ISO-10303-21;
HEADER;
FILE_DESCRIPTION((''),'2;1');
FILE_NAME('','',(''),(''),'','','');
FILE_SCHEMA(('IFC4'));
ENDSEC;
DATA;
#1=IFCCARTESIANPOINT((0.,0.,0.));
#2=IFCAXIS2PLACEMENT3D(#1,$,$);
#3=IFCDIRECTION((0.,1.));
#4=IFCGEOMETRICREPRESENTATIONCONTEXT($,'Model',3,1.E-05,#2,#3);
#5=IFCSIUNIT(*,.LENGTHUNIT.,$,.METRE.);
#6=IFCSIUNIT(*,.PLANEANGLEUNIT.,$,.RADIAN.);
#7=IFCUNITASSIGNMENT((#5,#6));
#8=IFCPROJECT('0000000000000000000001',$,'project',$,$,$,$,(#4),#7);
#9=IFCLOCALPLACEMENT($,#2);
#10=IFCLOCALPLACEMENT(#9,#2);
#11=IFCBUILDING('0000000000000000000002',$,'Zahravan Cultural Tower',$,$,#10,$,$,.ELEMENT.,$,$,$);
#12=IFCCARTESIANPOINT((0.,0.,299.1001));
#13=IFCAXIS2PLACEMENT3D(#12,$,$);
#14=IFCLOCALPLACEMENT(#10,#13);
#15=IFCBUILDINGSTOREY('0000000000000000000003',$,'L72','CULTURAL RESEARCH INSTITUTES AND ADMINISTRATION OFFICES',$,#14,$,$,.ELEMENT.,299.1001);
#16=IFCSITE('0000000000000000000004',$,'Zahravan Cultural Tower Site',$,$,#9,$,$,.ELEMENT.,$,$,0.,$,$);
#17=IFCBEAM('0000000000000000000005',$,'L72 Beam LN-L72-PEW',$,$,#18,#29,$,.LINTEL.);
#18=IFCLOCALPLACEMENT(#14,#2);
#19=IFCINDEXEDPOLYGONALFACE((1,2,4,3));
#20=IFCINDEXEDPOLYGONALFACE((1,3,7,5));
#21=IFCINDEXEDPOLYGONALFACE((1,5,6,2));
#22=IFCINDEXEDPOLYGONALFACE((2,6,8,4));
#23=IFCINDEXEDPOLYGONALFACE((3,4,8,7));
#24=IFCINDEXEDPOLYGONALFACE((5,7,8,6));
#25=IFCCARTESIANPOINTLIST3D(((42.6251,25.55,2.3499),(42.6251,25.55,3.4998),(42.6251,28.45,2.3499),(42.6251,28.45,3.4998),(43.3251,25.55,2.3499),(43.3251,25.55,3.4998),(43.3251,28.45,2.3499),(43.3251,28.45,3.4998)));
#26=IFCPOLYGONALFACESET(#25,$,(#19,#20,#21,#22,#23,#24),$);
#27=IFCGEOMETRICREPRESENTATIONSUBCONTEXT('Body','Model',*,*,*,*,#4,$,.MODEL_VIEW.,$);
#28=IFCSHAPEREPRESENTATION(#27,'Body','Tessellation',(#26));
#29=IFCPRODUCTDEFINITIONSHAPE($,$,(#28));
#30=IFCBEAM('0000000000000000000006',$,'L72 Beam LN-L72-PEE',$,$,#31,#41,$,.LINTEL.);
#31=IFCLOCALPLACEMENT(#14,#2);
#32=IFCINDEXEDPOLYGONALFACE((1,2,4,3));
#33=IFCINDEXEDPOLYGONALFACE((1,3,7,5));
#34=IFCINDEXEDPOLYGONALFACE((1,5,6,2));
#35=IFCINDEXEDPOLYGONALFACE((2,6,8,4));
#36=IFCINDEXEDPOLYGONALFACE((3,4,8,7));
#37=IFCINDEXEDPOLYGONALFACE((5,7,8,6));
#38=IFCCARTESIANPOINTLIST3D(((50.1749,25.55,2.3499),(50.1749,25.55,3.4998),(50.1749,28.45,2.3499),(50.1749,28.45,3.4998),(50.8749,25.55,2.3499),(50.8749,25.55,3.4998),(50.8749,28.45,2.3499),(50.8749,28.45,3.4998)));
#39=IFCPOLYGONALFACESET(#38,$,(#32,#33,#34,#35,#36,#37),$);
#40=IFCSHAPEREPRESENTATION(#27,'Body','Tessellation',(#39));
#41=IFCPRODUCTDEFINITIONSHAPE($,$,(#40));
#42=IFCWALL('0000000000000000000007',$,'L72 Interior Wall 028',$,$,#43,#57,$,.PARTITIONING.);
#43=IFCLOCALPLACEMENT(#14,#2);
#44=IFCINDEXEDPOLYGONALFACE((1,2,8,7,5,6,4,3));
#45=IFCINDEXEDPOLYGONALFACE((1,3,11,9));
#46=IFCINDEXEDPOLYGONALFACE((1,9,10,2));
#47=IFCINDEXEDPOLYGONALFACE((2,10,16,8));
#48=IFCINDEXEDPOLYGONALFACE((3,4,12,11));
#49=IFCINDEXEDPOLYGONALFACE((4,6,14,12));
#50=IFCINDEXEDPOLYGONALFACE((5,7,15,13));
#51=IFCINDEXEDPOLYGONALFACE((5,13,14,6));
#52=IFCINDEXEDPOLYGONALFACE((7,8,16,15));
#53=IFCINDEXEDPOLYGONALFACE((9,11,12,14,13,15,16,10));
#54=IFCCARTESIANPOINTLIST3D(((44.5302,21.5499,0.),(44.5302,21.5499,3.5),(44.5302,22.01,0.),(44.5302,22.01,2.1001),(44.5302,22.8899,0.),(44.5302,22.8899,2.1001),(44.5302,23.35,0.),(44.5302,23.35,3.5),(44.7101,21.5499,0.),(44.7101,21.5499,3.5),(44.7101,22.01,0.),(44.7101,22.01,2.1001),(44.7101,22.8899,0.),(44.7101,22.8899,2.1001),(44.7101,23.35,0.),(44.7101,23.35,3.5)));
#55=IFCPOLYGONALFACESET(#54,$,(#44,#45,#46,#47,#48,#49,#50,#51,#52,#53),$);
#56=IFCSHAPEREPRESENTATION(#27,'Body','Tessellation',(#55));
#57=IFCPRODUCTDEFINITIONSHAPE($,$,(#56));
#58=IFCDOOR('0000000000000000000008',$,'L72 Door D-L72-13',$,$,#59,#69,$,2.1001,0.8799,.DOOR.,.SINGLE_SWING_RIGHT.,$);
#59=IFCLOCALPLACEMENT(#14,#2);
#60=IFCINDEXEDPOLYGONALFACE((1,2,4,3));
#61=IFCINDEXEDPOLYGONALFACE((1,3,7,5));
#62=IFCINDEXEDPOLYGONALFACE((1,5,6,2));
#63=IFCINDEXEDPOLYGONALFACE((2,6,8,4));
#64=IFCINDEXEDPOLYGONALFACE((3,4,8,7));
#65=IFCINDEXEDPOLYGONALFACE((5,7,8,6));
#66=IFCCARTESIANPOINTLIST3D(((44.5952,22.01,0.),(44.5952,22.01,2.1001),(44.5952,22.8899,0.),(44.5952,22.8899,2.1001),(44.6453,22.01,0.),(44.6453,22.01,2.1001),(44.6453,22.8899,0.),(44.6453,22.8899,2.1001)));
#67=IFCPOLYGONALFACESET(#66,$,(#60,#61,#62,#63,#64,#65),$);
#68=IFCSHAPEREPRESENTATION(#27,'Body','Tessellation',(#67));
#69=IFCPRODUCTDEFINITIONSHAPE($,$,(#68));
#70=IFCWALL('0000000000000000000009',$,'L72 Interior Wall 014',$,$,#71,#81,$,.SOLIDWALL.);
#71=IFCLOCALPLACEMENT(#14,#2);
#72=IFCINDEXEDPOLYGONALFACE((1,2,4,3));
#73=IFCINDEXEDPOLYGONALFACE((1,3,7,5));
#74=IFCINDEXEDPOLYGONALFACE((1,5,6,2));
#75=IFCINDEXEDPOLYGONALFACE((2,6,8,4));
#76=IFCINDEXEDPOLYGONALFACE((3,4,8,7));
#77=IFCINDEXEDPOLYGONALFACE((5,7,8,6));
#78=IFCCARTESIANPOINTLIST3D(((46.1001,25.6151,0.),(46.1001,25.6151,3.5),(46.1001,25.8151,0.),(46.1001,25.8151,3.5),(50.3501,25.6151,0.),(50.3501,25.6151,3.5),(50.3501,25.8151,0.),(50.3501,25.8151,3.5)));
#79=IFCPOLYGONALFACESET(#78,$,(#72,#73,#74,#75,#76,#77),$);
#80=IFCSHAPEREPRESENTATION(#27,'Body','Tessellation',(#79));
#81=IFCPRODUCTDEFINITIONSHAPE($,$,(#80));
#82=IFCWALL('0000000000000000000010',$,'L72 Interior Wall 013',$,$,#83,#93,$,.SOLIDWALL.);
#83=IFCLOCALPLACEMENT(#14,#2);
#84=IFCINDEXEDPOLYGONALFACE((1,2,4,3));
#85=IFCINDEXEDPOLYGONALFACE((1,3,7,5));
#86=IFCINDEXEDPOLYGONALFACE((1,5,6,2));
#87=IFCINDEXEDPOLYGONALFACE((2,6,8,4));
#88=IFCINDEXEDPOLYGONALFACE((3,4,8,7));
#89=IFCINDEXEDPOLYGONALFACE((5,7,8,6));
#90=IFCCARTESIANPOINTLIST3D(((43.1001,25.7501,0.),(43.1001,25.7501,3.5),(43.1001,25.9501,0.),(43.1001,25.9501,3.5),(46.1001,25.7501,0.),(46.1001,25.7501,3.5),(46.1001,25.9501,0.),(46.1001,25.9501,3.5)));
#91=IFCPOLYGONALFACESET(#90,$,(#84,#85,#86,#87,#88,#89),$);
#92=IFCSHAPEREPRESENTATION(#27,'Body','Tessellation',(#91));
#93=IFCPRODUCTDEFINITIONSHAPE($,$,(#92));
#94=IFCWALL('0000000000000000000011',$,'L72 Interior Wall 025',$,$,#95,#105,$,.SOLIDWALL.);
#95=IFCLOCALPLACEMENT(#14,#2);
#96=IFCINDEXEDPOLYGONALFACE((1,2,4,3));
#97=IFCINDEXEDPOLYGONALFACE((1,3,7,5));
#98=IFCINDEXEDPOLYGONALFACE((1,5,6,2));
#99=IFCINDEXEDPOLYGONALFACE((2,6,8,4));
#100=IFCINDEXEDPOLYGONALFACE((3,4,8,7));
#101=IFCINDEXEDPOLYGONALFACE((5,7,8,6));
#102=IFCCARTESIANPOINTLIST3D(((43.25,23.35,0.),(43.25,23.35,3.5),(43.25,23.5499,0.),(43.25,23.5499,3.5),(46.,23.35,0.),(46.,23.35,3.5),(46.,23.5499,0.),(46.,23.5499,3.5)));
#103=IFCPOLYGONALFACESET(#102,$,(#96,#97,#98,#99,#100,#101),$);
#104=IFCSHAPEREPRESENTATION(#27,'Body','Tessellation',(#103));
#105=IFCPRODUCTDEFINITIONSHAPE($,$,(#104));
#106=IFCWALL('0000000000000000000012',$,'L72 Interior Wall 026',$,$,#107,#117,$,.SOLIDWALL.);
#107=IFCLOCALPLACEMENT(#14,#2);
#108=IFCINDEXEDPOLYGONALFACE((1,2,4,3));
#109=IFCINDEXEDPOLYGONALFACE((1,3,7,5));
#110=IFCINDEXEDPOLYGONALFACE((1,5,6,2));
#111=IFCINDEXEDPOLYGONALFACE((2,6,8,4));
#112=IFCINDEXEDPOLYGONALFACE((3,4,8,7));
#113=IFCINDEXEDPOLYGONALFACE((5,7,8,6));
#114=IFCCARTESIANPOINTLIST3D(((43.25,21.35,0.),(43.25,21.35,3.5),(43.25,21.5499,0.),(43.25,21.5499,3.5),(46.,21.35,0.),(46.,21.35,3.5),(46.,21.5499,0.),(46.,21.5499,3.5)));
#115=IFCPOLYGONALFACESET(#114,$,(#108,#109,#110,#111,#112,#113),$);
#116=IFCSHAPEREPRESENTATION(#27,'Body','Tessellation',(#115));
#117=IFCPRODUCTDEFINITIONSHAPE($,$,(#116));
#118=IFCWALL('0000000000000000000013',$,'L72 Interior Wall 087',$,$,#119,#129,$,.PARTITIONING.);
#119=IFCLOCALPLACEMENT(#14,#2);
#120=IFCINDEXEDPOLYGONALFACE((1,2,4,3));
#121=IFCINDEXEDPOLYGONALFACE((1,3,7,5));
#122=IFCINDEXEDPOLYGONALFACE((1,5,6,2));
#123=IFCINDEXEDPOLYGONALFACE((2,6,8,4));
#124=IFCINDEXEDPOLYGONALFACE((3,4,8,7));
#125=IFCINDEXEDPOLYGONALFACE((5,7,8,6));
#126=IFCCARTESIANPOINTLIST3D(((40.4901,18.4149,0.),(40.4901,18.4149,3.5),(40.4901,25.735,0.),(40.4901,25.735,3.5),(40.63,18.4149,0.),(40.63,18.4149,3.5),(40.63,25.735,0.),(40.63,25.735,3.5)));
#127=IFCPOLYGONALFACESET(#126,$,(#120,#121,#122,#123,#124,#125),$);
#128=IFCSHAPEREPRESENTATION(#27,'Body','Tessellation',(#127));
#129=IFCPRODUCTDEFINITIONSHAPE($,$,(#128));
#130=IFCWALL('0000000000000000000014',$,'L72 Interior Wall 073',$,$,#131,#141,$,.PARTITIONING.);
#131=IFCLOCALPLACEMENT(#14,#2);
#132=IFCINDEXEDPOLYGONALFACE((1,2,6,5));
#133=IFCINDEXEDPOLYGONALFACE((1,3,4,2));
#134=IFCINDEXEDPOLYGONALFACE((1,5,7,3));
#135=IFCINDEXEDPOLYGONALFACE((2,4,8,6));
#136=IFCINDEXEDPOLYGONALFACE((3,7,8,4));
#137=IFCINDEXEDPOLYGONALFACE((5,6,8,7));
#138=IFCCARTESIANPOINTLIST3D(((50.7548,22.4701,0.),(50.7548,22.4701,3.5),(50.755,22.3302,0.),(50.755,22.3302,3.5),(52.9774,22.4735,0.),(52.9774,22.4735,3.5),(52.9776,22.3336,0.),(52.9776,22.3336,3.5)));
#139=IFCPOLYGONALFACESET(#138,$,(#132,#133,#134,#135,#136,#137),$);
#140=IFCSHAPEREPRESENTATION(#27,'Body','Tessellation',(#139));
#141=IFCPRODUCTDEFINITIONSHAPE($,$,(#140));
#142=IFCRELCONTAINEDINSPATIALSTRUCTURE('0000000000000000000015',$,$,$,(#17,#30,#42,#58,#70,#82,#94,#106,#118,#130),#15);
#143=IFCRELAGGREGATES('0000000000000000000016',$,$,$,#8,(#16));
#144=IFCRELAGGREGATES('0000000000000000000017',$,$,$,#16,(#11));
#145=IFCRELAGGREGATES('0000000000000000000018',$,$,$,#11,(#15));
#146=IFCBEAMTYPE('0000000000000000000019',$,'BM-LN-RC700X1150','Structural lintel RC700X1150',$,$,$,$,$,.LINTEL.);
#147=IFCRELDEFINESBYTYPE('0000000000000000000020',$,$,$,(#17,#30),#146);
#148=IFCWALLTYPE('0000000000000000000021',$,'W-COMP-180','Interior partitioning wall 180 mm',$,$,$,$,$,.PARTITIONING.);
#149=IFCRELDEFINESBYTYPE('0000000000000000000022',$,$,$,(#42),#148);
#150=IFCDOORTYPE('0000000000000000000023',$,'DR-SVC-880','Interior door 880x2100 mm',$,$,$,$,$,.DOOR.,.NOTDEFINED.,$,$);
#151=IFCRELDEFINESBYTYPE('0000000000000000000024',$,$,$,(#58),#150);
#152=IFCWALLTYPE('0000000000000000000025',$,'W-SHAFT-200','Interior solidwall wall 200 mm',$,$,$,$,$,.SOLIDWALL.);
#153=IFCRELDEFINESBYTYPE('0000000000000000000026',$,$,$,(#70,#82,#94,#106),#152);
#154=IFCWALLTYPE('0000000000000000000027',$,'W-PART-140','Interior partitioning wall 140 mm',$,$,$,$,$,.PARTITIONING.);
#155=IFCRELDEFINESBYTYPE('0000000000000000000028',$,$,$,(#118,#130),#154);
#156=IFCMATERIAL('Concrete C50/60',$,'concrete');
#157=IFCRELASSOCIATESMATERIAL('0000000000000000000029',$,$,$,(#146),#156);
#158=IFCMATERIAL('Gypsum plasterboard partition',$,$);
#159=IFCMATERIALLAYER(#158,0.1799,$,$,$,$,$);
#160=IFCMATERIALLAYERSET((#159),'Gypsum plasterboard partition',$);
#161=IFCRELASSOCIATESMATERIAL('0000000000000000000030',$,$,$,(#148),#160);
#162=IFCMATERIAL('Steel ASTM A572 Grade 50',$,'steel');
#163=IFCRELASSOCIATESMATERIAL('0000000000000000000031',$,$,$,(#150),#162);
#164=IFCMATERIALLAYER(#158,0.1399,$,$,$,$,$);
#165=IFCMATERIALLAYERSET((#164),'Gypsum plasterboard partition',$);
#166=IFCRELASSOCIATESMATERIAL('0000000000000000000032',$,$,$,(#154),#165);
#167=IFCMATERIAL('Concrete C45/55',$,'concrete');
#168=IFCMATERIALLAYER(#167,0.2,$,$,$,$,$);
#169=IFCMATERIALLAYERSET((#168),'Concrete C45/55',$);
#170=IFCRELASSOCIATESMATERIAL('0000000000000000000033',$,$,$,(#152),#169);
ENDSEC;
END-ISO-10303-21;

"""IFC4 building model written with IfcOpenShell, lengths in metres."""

from ifc_helpers import new_model, si_unit, direction, frame, frame_2d, origin, origin_2d, place, context, subcontext, project, spatial, rectangle, extrude, source, transform, mapped, material, layer, layer_set, material_profile, profile_set, type_object, element, fill, save


model = new_model("IFC4")

# Units and contexts
model_context = context("Model", 3, precision=1e-05, world=origin(), true_north=direction((0.0, 1.0)))
body_context = subcontext(model_context, "Body", "Model", "MODEL_VIEW")
ifc_project = project(units=[si_unit("LENGTHUNIT", "METRE"), si_unit("PLANEANGLEUNIT", "RADIAN")], contexts=[model_context])

# Site, building, storey
site_placement = place(None, origin())
site = spatial("IfcSite", under=ifc_project, at=site_placement, Name="Zahravan Cultural Tower Site", CompositionType="ELEMENT", RefElevation=0.0)
building_placement = place(site_placement, origin())
building = spatial("IfcBuilding", under=site, at=building_placement, Name="Zahravan Cultural Tower", CompositionType="ELEMENT")
storey_placement = place(building_placement, frame((0.0, 0.0, 299.1001)))
storey = spatial("IfcBuildingStorey", under=building, at=storey_placement, Name="L72", Description="CULTURAL RESEARCH INSTITUTES AND ADMINISTRATION OFFICES", CompositionType="ELEMENT", Elevation=299.1001)

# Beams
ifc_material_1 = material(Name="Concrete C50/60", Category="concrete")
ifc_material_profile = material_profile(ifc_material_1, rectangle(XDim=0.7, YDim=1.1499, at=origin_2d()), Name="RC700X1150")
ifc_profile_set = profile_set([ifc_material_profile], Name="Concrete C50/60")
beam_type = type_object("IfcBeamType", Name="BM-LN-RC700X1150", Description="Structural lintel RC700X1150", PredefinedType="LINTEL", material=ifc_profile_set)
shared_shape_1 = source(origin(), body_context, "Body", "SweptSolid", [
    extrude(rectangle(XDim=0.7, YDim=1.1499, at=origin_2d()), origin(), (0.0, 0.0, 1.0), 2.8999),
])
for number, where, z_axis, x_axis, name in (
    (1, (42.9751, 25.55, 2.9248), (0.0, 1.0, 0.0), (-1.0, 0.0, 0.0), "L72 Beam LN-L72-PEW"),
    (2, (50.5249, 25.55, 2.9248), (0.0, 1.0, 0.0), (-1.0, 0.0, 0.0), "L72 Beam LN-L72-PEE"),
):
    element("IfcBeam", number, at=place(storey_placement, frame(where, z_axis=z_axis, x_axis=x_axis)), inside=storey, type_object=beam_type, Name=name, PredefinedType="LINTEL", context=body_context, shape_type="MappedRepresentation", body=[
        mapped(shared_shape_1, transform((0.0, 0.0, 0.0), x_axis=(1.0, 0.0, 0.0), y_axis=(0.0, 1.0, 0.0), z_axis=(0.0, 0.0, 1.0), scale=1.0)),
    ])

# Wall, opening, door
ifc_material_2 = material(Name="Gypsum plasterboard partition")
ifc_layer_1 = layer(ifc_material_2, 0.1799)
ifc_layer_set_1 = layer_set([ifc_layer_1], Name="Gypsum plasterboard partition")
wall_type_1 = type_object("IfcWallType", Name="W-COMP-180", Description="Interior partitioning wall 180 mm", PredefinedType="PARTITIONING", material=ifc_layer_set_1)
wall_1_placement = place(storey_placement, frame((44.6201, 21.55, 0.0), z_axis=(0.0, 0.0, 1.0), x_axis=(0.0, 1.0, 0.0)))
wall_1 = element("IfcWall", 3, at=wall_1_placement, inside=storey, type_object=wall_type_1, Name="L72 Interior Wall 028", PredefinedType="PARTITIONING", context=body_context, shape_type="SweptSolid", body=[
    extrude(rectangle(XDim=1.8, YDim=0.1799, at=frame_2d((0.8999, 0.0))), origin(), (0.0, 0.0, 1.0), 3.5),
])
opening_1_placement = place(wall_1_placement, frame((0.46, 0.0, 0.0)))
opening_1 = element("IfcOpeningElement", 4, at=opening_1_placement, cuts=wall_1, PredefinedType="OPENING", context=body_context, shape_type="SweptSolid", body=[
    extrude(rectangle(XDim=0.8799, YDim=2.1001, at=frame_2d((0.4399, 1.05))), frame((0.0, 0.0999, 0.0), z_axis=(0.0, -1.0, 0.0), x_axis=(1.0, 0.0, 0.0)), (0.0, 0.0, 1.0), 0.2),
])
ifc_material_3 = material(Name="Steel ASTM A572 Grade 50", Category="steel")
door_type_1 = type_object("IfcDoorType", Name="DR-SVC-880", Description="Interior door 880x2100 mm", OperationType="NOTDEFINED", PredefinedType="DOOR", material=ifc_material_3)
shared_shape_2 = source(origin(), body_context, "Body", "SweptSolid", [
    extrude(rectangle(XDim=0.8799, YDim=2.1001, at=frame_2d((0.4399, 1.05))), frame((0.0, 0.0249, 0.0), z_axis=(0.0, -1.0, 0.0), x_axis=(1.0, 0.0, 0.0)), (0.0, 0.0, 1.0), 0.05),
])
door_1_placement = place(opening_1_placement, origin())
door_1 = element("IfcDoor", 5, at=door_1_placement, inside=storey, type_object=door_type_1, Name="L72 Door D-L72-13", OperationType="SINGLE_SWING_RIGHT", OverallHeight=2.1001, OverallWidth=0.8799, PredefinedType="DOOR", context=body_context, shape_type="MappedRepresentation", body=[
    mapped(shared_shape_2, transform((0.0, 0.0, 0.0), x_axis=(1.0, 0.0, 0.0), y_axis=(0.0, 1.0, 0.0), z_axis=(0.0, 0.0, 1.0), scale=1.0)),
])
fill(opening_1, door_1)
ifc_layer_2 = layer(ifc_material_2, 0.1399)
ifc_layer_set_2 = layer_set([ifc_layer_2], Name="Gypsum plasterboard partition")
wall_type_2 = type_object("IfcWallType", Name="W-PART-140", Description="Interior partitioning wall 140 mm", PredefinedType="PARTITIONING", material=ifc_layer_set_2)

# Walls
ifc_material_4 = material(Name="Concrete C45/55", Category="concrete")
ifc_layer_3 = layer(ifc_material_4, 0.2)
ifc_layer_set_3 = layer_set([ifc_layer_3], Name="Concrete C45/55")
wall_type_3 = type_object("IfcWallType", Name="W-SHAFT-200", Description="Interior solidwall wall 200 mm", PredefinedType="SOLIDWALL", material=ifc_layer_set_3)
shared_shape_3 = source(origin(), body_context, "Body", "SweptSolid", [
    extrude(rectangle(XDim=4.25, YDim=0.2, at=frame_2d((2.125, 0.0))), origin(), (0.0, 0.0, 1.0), 3.5),
])
wall_2_placement = place(storey_placement, frame((46.1001, 25.7151, 0.0), z_axis=(0.0, 0.0, 1.0), x_axis=(1.0, 0.0, 0.0)))
element("IfcWall", 6, at=wall_2_placement, inside=storey, type_object=wall_type_3, Name="L72 Interior Wall 014", PredefinedType="SOLIDWALL", context=body_context, shape_type="MappedRepresentation", body=[
    mapped(shared_shape_3, transform((0.0, 0.0, 0.0), x_axis=(1.0, 0.0, 0.0), y_axis=(0.0, 1.0, 0.0), z_axis=(0.0, 0.0, 1.0), scale=1.0)),
])
shared_shape_4 = source(origin(), body_context, "Body", "SweptSolid", [
    extrude(rectangle(XDim=3.0, YDim=0.2, at=frame_2d((1.5, 0.0))), origin(), (0.0, 0.0, 1.0), 3.5),
])
wall_3_placement = place(storey_placement, frame((43.1001, 25.8501, 0.0), z_axis=(0.0, 0.0, 1.0), x_axis=(1.0, 0.0, 0.0)))
element("IfcWall", 7, at=wall_3_placement, inside=storey, type_object=wall_type_3, Name="L72 Interior Wall 013", PredefinedType="SOLIDWALL", context=body_context, shape_type="MappedRepresentation", body=[
    mapped(shared_shape_4, transform((0.0, 0.0, 0.0), x_axis=(1.0, 0.0, 0.0), y_axis=(0.0, 1.0, 0.0), z_axis=(0.0, 0.0, 1.0), scale=1.0)),
])
shared_shape_5 = source(origin(), body_context, "Body", "SweptSolid", [
    extrude(rectangle(XDim=2.75, YDim=0.2, at=frame_2d((1.375, 0.0))), origin(), (0.0, 0.0, 1.0), 3.5),
])
for number, where, z_axis, x_axis, name in (
    (8, (43.25, 23.45, 0.0), (0.0, 0.0, 1.0), (1.0, 0.0, 0.0), "L72 Interior Wall 025"),
    (9, (43.25, 21.45, 0.0), (0.0, 0.0, 1.0), (1.0, 0.0, 0.0), "L72 Interior Wall 026"),
):
    element("IfcWall", number, at=place(storey_placement, frame(where, z_axis=z_axis, x_axis=x_axis)), inside=storey, type_object=wall_type_3, Name=name, PredefinedType="SOLIDWALL", context=body_context, shape_type="MappedRepresentation", body=[
        mapped(shared_shape_5, transform((0.0, 0.0, 0.0), x_axis=(1.0, 0.0, 0.0), y_axis=(0.0, 1.0, 0.0), z_axis=(0.0, 0.0, 1.0), scale=1.0)),
    ])
shared_shape_6 = source(origin(), body_context, "Body", "SweptSolid", [
    extrude(rectangle(XDim=7.3201, YDim=0.1399, at=frame_2d((3.6602, 0.0))), origin(), (0.0, 0.0, 1.0), 3.5),
])
wall_4_placement = place(storey_placement, frame((40.5601, 25.7351, 0.0), z_axis=(0.0, 0.0, 1.0), x_axis=(0.0, -1.0, 0.0)))
element("IfcWall", 10, at=wall_4_placement, inside=storey, type_object=wall_type_2, Name="L72 Interior Wall 087", PredefinedType="PARTITIONING", context=body_context, shape_type="MappedRepresentation", body=[
    mapped(shared_shape_6, transform((0.0, 0.0, 0.0), x_axis=(1.0, 0.0, 0.0), y_axis=(0.0, 1.0, 0.0), z_axis=(0.0, 0.0, 1.0), scale=1.0)),
])
shared_shape_7 = source(origin(), body_context, "Body", "SweptSolid", [
    extrude(rectangle(XDim=2.2227, YDim=0.1399, at=frame_2d((1.1113, 0.0))), origin(), (0.0, 0.0, 1.0), 3.5),
])
wall_5_placement = place(storey_placement, frame((50.7549, 22.4001, 0.0), z_axis=(0.0, 0.0, 1.0), x_axis=(0.999999, 0.001538, 0.0)))
element("IfcWall", 11, at=wall_5_placement, inside=storey, type_object=wall_type_2, Name="L72 Interior Wall 073", PredefinedType="PARTITIONING", context=body_context, shape_type="MappedRepresentation", body=[
    mapped(shared_shape_7, transform((0.0, 0.0, 0.0), x_axis=(1.0, 0.0, 0.0), y_axis=(0.0, 1.0, 0.0), z_axis=(0.0, 0.0, 1.0), scale=1.0)),
])

save(model, "model.ifc")
